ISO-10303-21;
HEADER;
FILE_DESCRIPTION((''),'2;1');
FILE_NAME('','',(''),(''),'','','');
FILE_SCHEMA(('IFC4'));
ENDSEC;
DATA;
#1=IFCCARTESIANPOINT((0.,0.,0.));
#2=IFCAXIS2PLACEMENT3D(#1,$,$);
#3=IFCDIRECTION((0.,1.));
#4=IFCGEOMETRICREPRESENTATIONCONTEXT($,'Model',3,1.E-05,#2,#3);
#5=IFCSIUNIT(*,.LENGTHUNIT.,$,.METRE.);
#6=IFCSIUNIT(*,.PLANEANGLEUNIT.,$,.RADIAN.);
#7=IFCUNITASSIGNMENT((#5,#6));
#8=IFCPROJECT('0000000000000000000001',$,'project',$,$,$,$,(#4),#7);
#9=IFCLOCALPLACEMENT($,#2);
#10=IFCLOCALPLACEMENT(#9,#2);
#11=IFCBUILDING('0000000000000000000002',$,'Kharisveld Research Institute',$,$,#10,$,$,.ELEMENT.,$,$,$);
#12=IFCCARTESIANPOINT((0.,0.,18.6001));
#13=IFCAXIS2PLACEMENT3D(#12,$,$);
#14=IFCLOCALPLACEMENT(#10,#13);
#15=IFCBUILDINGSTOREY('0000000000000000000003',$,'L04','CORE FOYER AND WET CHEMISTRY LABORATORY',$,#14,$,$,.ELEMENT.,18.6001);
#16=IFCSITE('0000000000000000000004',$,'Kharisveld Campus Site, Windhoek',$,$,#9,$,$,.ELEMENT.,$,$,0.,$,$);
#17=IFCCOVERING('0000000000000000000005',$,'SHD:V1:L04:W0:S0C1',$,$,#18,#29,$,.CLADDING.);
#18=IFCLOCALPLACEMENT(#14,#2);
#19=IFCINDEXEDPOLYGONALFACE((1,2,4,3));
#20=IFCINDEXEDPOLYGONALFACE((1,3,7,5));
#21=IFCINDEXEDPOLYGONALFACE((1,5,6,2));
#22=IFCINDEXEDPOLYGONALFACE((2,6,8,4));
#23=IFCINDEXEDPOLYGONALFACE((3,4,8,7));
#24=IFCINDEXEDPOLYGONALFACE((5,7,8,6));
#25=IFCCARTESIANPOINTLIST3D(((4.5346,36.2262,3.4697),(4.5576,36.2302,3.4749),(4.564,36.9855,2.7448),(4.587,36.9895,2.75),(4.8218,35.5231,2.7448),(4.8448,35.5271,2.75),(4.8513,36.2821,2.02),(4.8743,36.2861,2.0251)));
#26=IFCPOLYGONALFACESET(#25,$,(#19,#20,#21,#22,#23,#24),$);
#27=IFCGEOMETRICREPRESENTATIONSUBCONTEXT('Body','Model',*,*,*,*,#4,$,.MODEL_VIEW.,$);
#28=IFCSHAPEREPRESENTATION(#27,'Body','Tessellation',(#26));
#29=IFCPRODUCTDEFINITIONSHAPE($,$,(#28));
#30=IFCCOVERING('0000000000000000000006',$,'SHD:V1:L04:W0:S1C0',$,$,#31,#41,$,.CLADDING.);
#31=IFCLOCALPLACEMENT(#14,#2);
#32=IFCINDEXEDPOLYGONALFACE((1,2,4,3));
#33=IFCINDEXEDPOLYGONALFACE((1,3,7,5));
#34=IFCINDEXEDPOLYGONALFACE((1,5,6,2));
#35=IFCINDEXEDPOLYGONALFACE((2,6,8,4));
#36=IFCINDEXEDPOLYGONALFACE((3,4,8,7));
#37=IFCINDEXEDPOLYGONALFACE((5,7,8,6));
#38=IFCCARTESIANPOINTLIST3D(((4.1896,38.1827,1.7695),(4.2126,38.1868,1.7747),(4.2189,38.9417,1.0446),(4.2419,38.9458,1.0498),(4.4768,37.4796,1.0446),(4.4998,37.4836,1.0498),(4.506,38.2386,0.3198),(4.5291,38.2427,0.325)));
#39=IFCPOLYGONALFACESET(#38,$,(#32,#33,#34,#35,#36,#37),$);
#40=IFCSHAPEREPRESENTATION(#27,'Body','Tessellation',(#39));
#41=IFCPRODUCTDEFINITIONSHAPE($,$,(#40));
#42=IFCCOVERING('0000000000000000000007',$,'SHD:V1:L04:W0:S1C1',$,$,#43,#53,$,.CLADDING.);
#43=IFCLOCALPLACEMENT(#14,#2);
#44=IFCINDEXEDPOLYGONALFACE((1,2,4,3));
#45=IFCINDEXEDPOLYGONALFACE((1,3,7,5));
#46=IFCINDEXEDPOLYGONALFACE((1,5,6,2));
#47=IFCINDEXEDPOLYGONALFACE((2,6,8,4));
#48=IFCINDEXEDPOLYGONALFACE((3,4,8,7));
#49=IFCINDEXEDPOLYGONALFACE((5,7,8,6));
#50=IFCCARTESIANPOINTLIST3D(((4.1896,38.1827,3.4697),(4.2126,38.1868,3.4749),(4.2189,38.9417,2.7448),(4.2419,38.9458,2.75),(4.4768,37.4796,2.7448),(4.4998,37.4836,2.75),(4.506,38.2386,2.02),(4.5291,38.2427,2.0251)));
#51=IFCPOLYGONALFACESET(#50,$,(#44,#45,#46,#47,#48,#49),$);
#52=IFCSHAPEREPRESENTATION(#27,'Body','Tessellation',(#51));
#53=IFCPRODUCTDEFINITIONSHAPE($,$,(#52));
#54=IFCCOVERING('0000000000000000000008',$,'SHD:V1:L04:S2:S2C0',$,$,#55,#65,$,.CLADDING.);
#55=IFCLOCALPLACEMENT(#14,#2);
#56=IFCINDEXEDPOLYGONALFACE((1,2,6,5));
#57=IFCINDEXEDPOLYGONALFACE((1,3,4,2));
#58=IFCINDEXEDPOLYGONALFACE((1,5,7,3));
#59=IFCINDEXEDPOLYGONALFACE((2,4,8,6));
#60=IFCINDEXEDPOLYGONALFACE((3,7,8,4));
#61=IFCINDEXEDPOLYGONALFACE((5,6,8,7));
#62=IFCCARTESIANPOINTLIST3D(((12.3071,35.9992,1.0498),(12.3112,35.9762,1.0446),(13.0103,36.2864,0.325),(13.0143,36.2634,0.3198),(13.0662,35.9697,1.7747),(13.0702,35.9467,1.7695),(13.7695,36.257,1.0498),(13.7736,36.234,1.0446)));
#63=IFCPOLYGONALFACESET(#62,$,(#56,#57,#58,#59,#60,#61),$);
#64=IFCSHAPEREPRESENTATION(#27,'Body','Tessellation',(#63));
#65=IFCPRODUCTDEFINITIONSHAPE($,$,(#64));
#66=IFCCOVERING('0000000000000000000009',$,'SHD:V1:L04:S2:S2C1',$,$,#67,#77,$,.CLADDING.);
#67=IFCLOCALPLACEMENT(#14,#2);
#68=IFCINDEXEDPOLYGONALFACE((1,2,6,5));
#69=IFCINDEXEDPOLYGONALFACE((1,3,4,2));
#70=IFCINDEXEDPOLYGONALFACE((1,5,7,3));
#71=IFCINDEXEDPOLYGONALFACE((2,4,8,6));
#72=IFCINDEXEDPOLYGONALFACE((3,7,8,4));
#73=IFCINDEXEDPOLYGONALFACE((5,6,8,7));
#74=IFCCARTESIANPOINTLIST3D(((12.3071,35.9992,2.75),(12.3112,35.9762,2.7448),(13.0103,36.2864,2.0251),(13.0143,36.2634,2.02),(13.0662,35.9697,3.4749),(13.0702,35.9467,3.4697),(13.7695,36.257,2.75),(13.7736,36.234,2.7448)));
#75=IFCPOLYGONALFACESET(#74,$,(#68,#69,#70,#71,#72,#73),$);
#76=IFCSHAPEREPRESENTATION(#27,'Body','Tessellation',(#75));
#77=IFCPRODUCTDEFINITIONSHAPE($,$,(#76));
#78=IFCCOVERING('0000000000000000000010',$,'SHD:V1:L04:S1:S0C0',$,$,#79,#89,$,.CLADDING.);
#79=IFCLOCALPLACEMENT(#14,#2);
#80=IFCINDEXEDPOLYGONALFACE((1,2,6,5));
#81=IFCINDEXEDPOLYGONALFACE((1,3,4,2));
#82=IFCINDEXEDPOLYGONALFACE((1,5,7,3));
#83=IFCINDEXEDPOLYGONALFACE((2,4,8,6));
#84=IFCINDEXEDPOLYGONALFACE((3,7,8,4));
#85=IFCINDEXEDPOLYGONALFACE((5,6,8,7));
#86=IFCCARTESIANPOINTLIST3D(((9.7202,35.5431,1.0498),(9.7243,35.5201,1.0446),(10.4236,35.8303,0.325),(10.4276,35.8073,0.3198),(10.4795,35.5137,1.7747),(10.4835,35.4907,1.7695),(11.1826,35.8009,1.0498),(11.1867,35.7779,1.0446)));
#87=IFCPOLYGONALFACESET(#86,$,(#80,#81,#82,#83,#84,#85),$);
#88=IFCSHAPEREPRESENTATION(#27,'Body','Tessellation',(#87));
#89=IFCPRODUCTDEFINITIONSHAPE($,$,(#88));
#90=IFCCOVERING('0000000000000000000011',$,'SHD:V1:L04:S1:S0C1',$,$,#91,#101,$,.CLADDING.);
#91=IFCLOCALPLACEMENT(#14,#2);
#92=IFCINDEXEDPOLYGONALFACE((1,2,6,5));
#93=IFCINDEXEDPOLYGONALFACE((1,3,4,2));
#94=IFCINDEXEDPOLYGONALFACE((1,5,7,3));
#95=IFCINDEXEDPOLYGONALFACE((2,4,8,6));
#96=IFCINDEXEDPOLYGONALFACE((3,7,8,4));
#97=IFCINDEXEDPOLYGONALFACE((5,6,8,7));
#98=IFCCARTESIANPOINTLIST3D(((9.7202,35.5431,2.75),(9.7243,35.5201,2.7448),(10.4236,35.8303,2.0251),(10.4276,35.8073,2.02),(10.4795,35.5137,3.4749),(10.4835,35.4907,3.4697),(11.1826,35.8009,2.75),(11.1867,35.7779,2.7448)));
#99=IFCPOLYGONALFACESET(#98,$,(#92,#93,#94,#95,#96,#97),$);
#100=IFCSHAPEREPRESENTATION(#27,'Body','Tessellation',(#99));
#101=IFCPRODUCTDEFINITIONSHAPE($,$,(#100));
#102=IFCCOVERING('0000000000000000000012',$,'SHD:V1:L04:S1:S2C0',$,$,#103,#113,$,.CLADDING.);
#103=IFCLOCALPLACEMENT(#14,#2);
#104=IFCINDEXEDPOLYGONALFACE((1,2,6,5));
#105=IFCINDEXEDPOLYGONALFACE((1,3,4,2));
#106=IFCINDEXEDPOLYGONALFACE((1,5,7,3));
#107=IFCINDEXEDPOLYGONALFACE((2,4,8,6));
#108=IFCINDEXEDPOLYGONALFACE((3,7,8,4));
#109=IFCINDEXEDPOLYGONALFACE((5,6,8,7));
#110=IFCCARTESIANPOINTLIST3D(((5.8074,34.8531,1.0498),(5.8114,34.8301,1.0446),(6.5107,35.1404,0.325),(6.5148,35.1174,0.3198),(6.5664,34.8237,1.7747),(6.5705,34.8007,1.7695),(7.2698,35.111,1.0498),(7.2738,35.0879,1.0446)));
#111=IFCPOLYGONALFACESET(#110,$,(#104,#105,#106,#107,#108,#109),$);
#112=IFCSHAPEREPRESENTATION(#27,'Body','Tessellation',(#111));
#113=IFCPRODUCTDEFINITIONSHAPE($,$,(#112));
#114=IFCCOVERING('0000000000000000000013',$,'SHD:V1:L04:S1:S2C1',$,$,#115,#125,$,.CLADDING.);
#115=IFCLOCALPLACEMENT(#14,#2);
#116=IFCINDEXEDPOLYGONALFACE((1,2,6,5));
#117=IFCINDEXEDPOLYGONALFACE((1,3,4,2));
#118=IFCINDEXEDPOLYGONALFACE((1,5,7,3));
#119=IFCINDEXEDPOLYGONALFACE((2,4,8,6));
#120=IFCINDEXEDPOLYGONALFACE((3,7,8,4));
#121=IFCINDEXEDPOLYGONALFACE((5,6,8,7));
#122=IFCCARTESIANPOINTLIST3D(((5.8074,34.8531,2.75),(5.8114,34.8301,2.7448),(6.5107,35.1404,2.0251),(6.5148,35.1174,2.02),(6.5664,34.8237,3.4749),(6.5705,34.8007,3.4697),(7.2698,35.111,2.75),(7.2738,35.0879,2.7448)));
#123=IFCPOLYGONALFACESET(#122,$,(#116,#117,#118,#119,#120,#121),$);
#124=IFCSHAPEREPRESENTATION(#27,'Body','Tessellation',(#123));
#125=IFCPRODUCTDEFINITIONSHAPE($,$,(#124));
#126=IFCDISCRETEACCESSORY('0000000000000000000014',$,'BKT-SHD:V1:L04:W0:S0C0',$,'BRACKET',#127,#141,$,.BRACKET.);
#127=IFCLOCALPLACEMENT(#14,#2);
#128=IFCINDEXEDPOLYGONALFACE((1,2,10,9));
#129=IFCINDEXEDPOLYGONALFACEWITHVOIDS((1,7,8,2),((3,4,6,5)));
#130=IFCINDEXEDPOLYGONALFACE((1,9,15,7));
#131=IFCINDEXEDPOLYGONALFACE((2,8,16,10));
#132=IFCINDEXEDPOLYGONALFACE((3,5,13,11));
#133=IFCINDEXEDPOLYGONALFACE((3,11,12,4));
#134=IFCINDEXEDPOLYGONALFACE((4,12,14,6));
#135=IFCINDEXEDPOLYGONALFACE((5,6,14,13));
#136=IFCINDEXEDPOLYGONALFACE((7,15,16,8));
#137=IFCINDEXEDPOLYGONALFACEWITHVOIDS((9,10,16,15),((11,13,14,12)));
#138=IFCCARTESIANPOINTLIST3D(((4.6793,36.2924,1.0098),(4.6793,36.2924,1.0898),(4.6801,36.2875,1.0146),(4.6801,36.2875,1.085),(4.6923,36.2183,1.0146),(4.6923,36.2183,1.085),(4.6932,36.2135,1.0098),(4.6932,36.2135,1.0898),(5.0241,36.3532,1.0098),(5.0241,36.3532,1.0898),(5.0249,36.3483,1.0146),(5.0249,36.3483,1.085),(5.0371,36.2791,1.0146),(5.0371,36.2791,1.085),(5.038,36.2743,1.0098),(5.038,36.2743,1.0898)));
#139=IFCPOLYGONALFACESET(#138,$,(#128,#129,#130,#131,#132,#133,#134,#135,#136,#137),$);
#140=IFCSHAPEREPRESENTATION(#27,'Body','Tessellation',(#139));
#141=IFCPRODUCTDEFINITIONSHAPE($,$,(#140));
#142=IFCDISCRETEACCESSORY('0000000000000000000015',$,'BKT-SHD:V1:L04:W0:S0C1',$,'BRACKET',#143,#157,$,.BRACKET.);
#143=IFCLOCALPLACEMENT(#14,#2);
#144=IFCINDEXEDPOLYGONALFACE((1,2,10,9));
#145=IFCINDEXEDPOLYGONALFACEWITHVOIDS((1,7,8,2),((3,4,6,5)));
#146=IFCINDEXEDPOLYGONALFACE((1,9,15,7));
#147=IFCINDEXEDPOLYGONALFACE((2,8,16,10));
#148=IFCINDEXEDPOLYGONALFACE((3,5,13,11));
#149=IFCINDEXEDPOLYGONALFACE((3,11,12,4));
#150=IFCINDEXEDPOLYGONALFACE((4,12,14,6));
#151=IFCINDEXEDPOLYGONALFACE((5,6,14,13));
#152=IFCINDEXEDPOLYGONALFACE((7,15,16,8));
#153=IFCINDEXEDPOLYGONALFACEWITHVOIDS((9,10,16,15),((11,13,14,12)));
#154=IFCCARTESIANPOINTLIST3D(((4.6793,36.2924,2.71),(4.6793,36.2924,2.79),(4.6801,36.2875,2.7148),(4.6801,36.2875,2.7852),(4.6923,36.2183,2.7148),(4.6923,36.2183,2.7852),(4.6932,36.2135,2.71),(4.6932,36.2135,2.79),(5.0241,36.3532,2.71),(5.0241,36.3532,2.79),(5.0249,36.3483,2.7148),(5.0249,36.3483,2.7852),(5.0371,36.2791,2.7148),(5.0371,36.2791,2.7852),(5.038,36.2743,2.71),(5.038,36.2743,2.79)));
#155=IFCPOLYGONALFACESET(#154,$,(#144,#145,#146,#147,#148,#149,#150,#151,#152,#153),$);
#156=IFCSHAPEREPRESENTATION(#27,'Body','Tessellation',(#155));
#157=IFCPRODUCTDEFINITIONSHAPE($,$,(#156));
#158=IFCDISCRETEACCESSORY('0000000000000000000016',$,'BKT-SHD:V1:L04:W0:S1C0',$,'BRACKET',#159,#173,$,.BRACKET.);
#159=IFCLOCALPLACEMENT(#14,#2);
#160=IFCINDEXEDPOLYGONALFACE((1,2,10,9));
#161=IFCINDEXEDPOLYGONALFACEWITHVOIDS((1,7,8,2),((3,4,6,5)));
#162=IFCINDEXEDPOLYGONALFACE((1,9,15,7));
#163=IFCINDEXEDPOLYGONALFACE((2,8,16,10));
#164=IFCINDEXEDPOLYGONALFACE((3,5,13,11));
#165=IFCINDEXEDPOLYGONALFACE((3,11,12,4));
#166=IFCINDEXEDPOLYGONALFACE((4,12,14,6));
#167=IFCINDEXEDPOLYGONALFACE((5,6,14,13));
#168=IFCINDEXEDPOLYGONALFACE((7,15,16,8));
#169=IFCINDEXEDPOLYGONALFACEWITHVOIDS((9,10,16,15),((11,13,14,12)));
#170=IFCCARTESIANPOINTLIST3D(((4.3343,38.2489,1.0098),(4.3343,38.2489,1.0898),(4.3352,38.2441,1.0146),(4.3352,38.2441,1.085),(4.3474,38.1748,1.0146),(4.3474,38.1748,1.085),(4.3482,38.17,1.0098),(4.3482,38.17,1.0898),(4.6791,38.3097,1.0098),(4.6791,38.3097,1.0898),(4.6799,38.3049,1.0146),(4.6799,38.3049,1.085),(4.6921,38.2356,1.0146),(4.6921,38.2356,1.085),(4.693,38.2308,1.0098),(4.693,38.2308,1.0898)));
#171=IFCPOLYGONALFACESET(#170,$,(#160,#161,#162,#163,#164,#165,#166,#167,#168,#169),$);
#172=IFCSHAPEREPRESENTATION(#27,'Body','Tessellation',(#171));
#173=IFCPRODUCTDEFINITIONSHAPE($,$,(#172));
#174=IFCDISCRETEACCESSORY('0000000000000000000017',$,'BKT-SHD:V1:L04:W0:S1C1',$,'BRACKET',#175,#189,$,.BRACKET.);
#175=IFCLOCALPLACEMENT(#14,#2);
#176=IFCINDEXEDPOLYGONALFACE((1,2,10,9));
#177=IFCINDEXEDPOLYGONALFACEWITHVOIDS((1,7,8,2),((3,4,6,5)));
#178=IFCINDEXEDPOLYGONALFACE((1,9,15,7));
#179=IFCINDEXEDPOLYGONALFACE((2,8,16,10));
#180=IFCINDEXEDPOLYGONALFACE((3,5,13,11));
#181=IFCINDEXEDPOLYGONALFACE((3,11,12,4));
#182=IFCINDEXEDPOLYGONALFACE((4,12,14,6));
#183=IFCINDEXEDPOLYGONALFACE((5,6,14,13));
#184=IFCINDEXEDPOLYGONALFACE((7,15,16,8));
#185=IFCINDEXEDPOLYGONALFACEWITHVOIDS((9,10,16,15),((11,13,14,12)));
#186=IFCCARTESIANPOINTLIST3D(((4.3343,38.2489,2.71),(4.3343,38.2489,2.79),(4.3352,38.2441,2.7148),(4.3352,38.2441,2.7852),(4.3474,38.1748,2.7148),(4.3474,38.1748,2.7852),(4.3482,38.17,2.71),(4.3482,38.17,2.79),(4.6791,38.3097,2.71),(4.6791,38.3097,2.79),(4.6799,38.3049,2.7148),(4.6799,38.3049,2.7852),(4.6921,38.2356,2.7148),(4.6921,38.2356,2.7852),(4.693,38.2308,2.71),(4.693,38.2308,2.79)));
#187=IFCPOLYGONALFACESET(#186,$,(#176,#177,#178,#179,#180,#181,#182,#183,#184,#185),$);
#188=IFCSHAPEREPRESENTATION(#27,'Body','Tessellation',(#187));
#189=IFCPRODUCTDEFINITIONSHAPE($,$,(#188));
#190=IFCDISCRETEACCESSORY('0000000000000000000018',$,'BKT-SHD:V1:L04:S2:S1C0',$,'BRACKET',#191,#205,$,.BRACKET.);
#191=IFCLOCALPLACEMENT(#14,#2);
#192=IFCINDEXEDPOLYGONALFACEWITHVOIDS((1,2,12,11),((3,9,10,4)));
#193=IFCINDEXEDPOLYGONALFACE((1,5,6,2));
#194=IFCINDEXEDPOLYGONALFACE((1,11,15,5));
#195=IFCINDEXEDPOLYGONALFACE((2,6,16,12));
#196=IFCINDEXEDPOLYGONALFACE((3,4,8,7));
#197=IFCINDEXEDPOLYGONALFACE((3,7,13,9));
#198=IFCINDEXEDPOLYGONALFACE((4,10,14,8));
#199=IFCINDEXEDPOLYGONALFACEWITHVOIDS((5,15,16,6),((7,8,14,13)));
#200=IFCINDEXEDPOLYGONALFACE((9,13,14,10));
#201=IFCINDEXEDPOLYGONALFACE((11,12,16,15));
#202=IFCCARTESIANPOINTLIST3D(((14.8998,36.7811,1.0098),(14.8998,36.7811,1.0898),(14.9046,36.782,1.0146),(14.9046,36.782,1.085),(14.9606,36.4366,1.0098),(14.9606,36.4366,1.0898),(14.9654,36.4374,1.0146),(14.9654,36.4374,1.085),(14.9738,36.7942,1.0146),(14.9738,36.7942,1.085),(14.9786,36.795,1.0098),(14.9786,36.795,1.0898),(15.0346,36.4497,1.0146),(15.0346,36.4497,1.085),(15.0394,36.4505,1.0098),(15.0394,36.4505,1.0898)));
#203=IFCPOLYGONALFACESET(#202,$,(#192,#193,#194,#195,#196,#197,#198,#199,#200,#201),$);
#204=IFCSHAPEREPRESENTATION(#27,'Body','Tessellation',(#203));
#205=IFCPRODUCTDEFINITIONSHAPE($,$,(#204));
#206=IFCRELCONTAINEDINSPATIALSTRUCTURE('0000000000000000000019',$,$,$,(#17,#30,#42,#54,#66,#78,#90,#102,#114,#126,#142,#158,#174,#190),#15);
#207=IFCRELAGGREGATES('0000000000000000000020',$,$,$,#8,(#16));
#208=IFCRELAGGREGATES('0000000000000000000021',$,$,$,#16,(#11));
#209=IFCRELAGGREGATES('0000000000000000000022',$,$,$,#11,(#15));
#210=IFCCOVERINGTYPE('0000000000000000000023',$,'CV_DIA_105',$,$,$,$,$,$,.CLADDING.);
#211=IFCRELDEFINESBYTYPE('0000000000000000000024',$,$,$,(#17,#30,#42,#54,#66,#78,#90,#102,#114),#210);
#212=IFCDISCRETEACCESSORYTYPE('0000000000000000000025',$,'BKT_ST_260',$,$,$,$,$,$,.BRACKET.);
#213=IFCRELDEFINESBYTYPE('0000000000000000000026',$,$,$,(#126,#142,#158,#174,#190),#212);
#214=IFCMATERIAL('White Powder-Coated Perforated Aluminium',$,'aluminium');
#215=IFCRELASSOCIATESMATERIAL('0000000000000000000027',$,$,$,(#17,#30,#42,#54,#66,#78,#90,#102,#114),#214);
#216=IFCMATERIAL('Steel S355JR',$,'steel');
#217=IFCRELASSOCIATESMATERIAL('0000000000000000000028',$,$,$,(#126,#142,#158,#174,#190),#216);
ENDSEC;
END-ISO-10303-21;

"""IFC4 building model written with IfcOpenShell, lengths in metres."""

from ifc_helpers import new_model, si_unit, direction, frame, origin, origin_2d, place, context, subcontext, project, spatial, polyline, hollow_rectangle, outline, extrude, material, type_object, element, save


model = new_model("IFC4")

# Units and contexts
model_context = context("Model", 3, precision=1e-05, world=origin(), true_north=direction((0.0, 1.0)))
body_context = subcontext(model_context, "Body", "Model", "MODEL_VIEW")
ifc_project = project(units=[si_unit("LENGTHUNIT", "METRE"), si_unit("PLANEANGLEUNIT", "RADIAN")], contexts=[model_context])

# Site, building, storey
site_placement = place(None, origin())
site = spatial("IfcSite", under=ifc_project, at=site_placement, Name="Kharisveld Campus Site, Windhoek", CompositionType="ELEMENT", RefElevation=0.0)
building_placement = place(site_placement, origin())
building = spatial("IfcBuilding", under=site, at=building_placement, Name="Kharisveld Research Institute", CompositionType="ELEMENT")
storey_placement = place(building_placement, frame((0.0, 0.0, 18.6001)))
storey = spatial("IfcBuildingStorey", under=building, at=storey_placement, Name="L04", Description="CORE FOYER AND WET CHEMISTRY LABORATORY", CompositionType="ELEMENT", Elevation=18.6001)

# Coverings
ifc_material_1 = material(Name="White Powder-Coated Perforated Aluminium", Category="aluminium")
covering_type = type_object("IfcCoveringType", Name="CV_DIA_105", PredefinedType="CLADDING")
for number, where, z_axis, x_axis, name in (
    (1, (4.8743, 36.2861, 2.0251), (0.961447, 0.169497, 0.21654), (-0.273555, 0.669826, 0.69029), "SHD:V1:L04:W0:S0C1"),
):
    element("IfcCovering", number, at=place(storey_placement, frame(where, z_axis=z_axis, x_axis=x_axis)), inside=storey, type_object=covering_type, material=ifc_material_1, Name=name, PredefinedType="CLADDING", context=body_context, shape_type="SweptSolid", body=[
        extrude(outline(polyline([(0.0, 0.0), (1.0501, 0.0), (1.0499, 1.0501), (0.0, 1.05), (0.0, 0.0)])), origin(), (0.0, 0.0, -1.0), 0.0239),
    ])
for number, where, z_axis, x_axis, name in (
    (2, (4.5291, 38.2427, 0.325), (0.961476, 0.169531, 0.216385), (-0.273471, 0.669725, 0.690421), "SHD:V1:L04:W0:S1C0"),
    (3, (4.5291, 38.2427, 2.0251), (0.961476, 0.169531, 0.216385), (-0.273471, 0.669725, 0.690421), "SHD:V1:L04:W0:S1C1"),
):
    element("IfcCovering", number, at=place(storey_placement, frame(where, z_axis=z_axis, x_axis=x_axis)), inside=storey, type_object=covering_type, material=ifc_material_1, Name=name, PredefinedType="CLADDING", context=body_context, shape_type="SweptSolid", body=[
        extrude(outline(polyline([(0.0, 0.0), (1.0499, 0.0), (1.05, 1.05), (0.0001, 1.05), (0.0, 0.0)])), origin(), (0.0, 0.0, -1.0), 0.0239),
    ])
for number, where, z_axis, x_axis, name in (
    (4, (13.0103, 36.2864, 0.325), (-0.169497, 0.961447, 0.21654), (-0.66971, -0.27356, 0.690402), "SHD:V1:L04:S2:S2C0"),
    (5, (13.0103, 36.2864, 2.0251), (-0.169497, 0.961447, 0.21654), (-0.66971, -0.27356, 0.690402), "SHD:V1:L04:S2:S2C1"),
):
    element("IfcCovering", number, at=place(storey_placement, frame(where, z_axis=z_axis, x_axis=x_axis)), inside=storey, type_object=covering_type, material=ifc_material_1, Name=name, PredefinedType="CLADDING", context=body_context, shape_type="SweptSolid", body=[
        extrude(outline(polyline([(0.0, 0.0), (1.0499, 0.0), (1.0501, 1.05), (0.0, 1.0501), (0.0, 0.0)])), origin(), (0.0, 0.0, -1.0), 0.0239),
    ])
for number, where, z_axis, x_axis, name in (
    (6, (10.4236, 35.8303, 0.325), (-0.169497, 0.961447, 0.21654), (-0.669826, -0.273555, 0.69029), "SHD:V1:L04:S1:S0C0"),
    (7, (10.4236, 35.8303, 2.0251), (-0.169497, 0.961447, 0.21654), (-0.669826, -0.273555, 0.69029), "SHD:V1:L04:S1:S0C1"),
):
    element("IfcCovering", number, at=place(storey_placement, frame(where, z_axis=z_axis, x_axis=x_axis)), inside=storey, type_object=covering_type, material=ifc_material_1, Name=name, PredefinedType="CLADDING", context=body_context, shape_type="SweptSolid", body=[
        extrude(outline(polyline([(0.0, 0.0), (1.0501, 0.0), (1.0499, 1.0501), (0.0, 1.05), (0.0, 0.0)])), origin(), (0.0, 0.0, -1.0), 0.0239),
    ])
for number, where, z_axis, x_axis, name in (
    (8, (6.5107, 35.1404, 0.325), (-0.169498, 0.961453, 0.216512), (-0.66983, -0.273536, 0.690294), "SHD:V1:L04:S1:S2C0"),
    (9, (6.5107, 35.1404, 2.0251), (-0.169498, 0.961453, 0.216512), (-0.66983, -0.273536, 0.690294), "SHD:V1:L04:S1:S2C1"),
):
    element("IfcCovering", number, at=place(storey_placement, frame(where, z_axis=z_axis, x_axis=x_axis)), inside=storey, type_object=covering_type, material=ifc_material_1, Name=name, PredefinedType="CLADDING", context=body_context, shape_type="SweptSolid", body=[
        extrude(outline(polyline([(0.0, 0.0), (1.0501, 0.0), (1.0501, 1.05), (0.0, 1.05), (0.0, 0.0)])), origin(), (0.0, 0.0, -1.0), 0.0239),
    ])

# Discrete accessories
ifc_material_2 = material(Name="Steel S355JR", Category="steel")
discrete_accessory_type = type_object("IfcDiscreteAccessoryType", Name="BKT_ST_260", PredefinedType="BRACKET")
for number, where, z_axis, x_axis, name in (
    (10, (5.031, 36.3137, 1.0498), (-0.984805, -0.173666, 0.0), (0.173666, -0.984805, 0.0), "BKT-SHD:V1:L04:W0:S0C0"),
    (11, (5.031, 36.3137, 2.75), (-0.984805, -0.173666, 0.0), (0.173666, -0.984805, 0.0), "BKT-SHD:V1:L04:W0:S0C1"),
    (12, (4.686, 38.2703, 1.0498), (-0.984805, -0.173666, 0.0), (0.173666, -0.984805, 0.0), "BKT-SHD:V1:L04:W0:S1C0"),
    (13, (4.686, 38.2703, 2.75), (-0.984805, -0.173666, 0.0), (0.173666, -0.984805, 0.0), "BKT-SHD:V1:L04:W0:S1C1"),
):
    element("IfcDiscreteAccessory", number, at=place(storey_placement, frame(where, z_axis=z_axis, x_axis=x_axis)), inside=storey, type_object=discrete_accessory_type, material=ifc_material_2, Name=name, ObjectType="BRACKET", PredefinedType="BRACKET", context=body_context, shape_type="SweptSolid", body=[
        extrude(hollow_rectangle(XDim=0.0801, YDim=0.0801, WallThickness=0.0049, at=origin_2d()), origin(), (0.0, 0.0, 1.0), 0.3501),
    ])
for number, where, z_axis, x_axis, name in (
    (14, (14.9392, 36.7881, 1.0498), (0.173785, -0.984784, 0.0), (0.984784, 0.173785, 0.0), "BKT-SHD:V1:L04:S2:S1C0"),
):
    element("IfcDiscreteAccessory", number, at=place(storey_placement, frame(where, z_axis=z_axis, x_axis=x_axis)), inside=storey, type_object=discrete_accessory_type, material=ifc_material_2, Name=name, ObjectType="BRACKET", PredefinedType="BRACKET", context=body_context, shape_type="SweptSolid", body=[
        extrude(hollow_rectangle(XDim=0.0801, YDim=0.0801, WallThickness=0.0049, at=origin_2d()), origin(), (0.0, 0.0, 1.0), 0.3499),
    ])

save(model, "model.ifc")
